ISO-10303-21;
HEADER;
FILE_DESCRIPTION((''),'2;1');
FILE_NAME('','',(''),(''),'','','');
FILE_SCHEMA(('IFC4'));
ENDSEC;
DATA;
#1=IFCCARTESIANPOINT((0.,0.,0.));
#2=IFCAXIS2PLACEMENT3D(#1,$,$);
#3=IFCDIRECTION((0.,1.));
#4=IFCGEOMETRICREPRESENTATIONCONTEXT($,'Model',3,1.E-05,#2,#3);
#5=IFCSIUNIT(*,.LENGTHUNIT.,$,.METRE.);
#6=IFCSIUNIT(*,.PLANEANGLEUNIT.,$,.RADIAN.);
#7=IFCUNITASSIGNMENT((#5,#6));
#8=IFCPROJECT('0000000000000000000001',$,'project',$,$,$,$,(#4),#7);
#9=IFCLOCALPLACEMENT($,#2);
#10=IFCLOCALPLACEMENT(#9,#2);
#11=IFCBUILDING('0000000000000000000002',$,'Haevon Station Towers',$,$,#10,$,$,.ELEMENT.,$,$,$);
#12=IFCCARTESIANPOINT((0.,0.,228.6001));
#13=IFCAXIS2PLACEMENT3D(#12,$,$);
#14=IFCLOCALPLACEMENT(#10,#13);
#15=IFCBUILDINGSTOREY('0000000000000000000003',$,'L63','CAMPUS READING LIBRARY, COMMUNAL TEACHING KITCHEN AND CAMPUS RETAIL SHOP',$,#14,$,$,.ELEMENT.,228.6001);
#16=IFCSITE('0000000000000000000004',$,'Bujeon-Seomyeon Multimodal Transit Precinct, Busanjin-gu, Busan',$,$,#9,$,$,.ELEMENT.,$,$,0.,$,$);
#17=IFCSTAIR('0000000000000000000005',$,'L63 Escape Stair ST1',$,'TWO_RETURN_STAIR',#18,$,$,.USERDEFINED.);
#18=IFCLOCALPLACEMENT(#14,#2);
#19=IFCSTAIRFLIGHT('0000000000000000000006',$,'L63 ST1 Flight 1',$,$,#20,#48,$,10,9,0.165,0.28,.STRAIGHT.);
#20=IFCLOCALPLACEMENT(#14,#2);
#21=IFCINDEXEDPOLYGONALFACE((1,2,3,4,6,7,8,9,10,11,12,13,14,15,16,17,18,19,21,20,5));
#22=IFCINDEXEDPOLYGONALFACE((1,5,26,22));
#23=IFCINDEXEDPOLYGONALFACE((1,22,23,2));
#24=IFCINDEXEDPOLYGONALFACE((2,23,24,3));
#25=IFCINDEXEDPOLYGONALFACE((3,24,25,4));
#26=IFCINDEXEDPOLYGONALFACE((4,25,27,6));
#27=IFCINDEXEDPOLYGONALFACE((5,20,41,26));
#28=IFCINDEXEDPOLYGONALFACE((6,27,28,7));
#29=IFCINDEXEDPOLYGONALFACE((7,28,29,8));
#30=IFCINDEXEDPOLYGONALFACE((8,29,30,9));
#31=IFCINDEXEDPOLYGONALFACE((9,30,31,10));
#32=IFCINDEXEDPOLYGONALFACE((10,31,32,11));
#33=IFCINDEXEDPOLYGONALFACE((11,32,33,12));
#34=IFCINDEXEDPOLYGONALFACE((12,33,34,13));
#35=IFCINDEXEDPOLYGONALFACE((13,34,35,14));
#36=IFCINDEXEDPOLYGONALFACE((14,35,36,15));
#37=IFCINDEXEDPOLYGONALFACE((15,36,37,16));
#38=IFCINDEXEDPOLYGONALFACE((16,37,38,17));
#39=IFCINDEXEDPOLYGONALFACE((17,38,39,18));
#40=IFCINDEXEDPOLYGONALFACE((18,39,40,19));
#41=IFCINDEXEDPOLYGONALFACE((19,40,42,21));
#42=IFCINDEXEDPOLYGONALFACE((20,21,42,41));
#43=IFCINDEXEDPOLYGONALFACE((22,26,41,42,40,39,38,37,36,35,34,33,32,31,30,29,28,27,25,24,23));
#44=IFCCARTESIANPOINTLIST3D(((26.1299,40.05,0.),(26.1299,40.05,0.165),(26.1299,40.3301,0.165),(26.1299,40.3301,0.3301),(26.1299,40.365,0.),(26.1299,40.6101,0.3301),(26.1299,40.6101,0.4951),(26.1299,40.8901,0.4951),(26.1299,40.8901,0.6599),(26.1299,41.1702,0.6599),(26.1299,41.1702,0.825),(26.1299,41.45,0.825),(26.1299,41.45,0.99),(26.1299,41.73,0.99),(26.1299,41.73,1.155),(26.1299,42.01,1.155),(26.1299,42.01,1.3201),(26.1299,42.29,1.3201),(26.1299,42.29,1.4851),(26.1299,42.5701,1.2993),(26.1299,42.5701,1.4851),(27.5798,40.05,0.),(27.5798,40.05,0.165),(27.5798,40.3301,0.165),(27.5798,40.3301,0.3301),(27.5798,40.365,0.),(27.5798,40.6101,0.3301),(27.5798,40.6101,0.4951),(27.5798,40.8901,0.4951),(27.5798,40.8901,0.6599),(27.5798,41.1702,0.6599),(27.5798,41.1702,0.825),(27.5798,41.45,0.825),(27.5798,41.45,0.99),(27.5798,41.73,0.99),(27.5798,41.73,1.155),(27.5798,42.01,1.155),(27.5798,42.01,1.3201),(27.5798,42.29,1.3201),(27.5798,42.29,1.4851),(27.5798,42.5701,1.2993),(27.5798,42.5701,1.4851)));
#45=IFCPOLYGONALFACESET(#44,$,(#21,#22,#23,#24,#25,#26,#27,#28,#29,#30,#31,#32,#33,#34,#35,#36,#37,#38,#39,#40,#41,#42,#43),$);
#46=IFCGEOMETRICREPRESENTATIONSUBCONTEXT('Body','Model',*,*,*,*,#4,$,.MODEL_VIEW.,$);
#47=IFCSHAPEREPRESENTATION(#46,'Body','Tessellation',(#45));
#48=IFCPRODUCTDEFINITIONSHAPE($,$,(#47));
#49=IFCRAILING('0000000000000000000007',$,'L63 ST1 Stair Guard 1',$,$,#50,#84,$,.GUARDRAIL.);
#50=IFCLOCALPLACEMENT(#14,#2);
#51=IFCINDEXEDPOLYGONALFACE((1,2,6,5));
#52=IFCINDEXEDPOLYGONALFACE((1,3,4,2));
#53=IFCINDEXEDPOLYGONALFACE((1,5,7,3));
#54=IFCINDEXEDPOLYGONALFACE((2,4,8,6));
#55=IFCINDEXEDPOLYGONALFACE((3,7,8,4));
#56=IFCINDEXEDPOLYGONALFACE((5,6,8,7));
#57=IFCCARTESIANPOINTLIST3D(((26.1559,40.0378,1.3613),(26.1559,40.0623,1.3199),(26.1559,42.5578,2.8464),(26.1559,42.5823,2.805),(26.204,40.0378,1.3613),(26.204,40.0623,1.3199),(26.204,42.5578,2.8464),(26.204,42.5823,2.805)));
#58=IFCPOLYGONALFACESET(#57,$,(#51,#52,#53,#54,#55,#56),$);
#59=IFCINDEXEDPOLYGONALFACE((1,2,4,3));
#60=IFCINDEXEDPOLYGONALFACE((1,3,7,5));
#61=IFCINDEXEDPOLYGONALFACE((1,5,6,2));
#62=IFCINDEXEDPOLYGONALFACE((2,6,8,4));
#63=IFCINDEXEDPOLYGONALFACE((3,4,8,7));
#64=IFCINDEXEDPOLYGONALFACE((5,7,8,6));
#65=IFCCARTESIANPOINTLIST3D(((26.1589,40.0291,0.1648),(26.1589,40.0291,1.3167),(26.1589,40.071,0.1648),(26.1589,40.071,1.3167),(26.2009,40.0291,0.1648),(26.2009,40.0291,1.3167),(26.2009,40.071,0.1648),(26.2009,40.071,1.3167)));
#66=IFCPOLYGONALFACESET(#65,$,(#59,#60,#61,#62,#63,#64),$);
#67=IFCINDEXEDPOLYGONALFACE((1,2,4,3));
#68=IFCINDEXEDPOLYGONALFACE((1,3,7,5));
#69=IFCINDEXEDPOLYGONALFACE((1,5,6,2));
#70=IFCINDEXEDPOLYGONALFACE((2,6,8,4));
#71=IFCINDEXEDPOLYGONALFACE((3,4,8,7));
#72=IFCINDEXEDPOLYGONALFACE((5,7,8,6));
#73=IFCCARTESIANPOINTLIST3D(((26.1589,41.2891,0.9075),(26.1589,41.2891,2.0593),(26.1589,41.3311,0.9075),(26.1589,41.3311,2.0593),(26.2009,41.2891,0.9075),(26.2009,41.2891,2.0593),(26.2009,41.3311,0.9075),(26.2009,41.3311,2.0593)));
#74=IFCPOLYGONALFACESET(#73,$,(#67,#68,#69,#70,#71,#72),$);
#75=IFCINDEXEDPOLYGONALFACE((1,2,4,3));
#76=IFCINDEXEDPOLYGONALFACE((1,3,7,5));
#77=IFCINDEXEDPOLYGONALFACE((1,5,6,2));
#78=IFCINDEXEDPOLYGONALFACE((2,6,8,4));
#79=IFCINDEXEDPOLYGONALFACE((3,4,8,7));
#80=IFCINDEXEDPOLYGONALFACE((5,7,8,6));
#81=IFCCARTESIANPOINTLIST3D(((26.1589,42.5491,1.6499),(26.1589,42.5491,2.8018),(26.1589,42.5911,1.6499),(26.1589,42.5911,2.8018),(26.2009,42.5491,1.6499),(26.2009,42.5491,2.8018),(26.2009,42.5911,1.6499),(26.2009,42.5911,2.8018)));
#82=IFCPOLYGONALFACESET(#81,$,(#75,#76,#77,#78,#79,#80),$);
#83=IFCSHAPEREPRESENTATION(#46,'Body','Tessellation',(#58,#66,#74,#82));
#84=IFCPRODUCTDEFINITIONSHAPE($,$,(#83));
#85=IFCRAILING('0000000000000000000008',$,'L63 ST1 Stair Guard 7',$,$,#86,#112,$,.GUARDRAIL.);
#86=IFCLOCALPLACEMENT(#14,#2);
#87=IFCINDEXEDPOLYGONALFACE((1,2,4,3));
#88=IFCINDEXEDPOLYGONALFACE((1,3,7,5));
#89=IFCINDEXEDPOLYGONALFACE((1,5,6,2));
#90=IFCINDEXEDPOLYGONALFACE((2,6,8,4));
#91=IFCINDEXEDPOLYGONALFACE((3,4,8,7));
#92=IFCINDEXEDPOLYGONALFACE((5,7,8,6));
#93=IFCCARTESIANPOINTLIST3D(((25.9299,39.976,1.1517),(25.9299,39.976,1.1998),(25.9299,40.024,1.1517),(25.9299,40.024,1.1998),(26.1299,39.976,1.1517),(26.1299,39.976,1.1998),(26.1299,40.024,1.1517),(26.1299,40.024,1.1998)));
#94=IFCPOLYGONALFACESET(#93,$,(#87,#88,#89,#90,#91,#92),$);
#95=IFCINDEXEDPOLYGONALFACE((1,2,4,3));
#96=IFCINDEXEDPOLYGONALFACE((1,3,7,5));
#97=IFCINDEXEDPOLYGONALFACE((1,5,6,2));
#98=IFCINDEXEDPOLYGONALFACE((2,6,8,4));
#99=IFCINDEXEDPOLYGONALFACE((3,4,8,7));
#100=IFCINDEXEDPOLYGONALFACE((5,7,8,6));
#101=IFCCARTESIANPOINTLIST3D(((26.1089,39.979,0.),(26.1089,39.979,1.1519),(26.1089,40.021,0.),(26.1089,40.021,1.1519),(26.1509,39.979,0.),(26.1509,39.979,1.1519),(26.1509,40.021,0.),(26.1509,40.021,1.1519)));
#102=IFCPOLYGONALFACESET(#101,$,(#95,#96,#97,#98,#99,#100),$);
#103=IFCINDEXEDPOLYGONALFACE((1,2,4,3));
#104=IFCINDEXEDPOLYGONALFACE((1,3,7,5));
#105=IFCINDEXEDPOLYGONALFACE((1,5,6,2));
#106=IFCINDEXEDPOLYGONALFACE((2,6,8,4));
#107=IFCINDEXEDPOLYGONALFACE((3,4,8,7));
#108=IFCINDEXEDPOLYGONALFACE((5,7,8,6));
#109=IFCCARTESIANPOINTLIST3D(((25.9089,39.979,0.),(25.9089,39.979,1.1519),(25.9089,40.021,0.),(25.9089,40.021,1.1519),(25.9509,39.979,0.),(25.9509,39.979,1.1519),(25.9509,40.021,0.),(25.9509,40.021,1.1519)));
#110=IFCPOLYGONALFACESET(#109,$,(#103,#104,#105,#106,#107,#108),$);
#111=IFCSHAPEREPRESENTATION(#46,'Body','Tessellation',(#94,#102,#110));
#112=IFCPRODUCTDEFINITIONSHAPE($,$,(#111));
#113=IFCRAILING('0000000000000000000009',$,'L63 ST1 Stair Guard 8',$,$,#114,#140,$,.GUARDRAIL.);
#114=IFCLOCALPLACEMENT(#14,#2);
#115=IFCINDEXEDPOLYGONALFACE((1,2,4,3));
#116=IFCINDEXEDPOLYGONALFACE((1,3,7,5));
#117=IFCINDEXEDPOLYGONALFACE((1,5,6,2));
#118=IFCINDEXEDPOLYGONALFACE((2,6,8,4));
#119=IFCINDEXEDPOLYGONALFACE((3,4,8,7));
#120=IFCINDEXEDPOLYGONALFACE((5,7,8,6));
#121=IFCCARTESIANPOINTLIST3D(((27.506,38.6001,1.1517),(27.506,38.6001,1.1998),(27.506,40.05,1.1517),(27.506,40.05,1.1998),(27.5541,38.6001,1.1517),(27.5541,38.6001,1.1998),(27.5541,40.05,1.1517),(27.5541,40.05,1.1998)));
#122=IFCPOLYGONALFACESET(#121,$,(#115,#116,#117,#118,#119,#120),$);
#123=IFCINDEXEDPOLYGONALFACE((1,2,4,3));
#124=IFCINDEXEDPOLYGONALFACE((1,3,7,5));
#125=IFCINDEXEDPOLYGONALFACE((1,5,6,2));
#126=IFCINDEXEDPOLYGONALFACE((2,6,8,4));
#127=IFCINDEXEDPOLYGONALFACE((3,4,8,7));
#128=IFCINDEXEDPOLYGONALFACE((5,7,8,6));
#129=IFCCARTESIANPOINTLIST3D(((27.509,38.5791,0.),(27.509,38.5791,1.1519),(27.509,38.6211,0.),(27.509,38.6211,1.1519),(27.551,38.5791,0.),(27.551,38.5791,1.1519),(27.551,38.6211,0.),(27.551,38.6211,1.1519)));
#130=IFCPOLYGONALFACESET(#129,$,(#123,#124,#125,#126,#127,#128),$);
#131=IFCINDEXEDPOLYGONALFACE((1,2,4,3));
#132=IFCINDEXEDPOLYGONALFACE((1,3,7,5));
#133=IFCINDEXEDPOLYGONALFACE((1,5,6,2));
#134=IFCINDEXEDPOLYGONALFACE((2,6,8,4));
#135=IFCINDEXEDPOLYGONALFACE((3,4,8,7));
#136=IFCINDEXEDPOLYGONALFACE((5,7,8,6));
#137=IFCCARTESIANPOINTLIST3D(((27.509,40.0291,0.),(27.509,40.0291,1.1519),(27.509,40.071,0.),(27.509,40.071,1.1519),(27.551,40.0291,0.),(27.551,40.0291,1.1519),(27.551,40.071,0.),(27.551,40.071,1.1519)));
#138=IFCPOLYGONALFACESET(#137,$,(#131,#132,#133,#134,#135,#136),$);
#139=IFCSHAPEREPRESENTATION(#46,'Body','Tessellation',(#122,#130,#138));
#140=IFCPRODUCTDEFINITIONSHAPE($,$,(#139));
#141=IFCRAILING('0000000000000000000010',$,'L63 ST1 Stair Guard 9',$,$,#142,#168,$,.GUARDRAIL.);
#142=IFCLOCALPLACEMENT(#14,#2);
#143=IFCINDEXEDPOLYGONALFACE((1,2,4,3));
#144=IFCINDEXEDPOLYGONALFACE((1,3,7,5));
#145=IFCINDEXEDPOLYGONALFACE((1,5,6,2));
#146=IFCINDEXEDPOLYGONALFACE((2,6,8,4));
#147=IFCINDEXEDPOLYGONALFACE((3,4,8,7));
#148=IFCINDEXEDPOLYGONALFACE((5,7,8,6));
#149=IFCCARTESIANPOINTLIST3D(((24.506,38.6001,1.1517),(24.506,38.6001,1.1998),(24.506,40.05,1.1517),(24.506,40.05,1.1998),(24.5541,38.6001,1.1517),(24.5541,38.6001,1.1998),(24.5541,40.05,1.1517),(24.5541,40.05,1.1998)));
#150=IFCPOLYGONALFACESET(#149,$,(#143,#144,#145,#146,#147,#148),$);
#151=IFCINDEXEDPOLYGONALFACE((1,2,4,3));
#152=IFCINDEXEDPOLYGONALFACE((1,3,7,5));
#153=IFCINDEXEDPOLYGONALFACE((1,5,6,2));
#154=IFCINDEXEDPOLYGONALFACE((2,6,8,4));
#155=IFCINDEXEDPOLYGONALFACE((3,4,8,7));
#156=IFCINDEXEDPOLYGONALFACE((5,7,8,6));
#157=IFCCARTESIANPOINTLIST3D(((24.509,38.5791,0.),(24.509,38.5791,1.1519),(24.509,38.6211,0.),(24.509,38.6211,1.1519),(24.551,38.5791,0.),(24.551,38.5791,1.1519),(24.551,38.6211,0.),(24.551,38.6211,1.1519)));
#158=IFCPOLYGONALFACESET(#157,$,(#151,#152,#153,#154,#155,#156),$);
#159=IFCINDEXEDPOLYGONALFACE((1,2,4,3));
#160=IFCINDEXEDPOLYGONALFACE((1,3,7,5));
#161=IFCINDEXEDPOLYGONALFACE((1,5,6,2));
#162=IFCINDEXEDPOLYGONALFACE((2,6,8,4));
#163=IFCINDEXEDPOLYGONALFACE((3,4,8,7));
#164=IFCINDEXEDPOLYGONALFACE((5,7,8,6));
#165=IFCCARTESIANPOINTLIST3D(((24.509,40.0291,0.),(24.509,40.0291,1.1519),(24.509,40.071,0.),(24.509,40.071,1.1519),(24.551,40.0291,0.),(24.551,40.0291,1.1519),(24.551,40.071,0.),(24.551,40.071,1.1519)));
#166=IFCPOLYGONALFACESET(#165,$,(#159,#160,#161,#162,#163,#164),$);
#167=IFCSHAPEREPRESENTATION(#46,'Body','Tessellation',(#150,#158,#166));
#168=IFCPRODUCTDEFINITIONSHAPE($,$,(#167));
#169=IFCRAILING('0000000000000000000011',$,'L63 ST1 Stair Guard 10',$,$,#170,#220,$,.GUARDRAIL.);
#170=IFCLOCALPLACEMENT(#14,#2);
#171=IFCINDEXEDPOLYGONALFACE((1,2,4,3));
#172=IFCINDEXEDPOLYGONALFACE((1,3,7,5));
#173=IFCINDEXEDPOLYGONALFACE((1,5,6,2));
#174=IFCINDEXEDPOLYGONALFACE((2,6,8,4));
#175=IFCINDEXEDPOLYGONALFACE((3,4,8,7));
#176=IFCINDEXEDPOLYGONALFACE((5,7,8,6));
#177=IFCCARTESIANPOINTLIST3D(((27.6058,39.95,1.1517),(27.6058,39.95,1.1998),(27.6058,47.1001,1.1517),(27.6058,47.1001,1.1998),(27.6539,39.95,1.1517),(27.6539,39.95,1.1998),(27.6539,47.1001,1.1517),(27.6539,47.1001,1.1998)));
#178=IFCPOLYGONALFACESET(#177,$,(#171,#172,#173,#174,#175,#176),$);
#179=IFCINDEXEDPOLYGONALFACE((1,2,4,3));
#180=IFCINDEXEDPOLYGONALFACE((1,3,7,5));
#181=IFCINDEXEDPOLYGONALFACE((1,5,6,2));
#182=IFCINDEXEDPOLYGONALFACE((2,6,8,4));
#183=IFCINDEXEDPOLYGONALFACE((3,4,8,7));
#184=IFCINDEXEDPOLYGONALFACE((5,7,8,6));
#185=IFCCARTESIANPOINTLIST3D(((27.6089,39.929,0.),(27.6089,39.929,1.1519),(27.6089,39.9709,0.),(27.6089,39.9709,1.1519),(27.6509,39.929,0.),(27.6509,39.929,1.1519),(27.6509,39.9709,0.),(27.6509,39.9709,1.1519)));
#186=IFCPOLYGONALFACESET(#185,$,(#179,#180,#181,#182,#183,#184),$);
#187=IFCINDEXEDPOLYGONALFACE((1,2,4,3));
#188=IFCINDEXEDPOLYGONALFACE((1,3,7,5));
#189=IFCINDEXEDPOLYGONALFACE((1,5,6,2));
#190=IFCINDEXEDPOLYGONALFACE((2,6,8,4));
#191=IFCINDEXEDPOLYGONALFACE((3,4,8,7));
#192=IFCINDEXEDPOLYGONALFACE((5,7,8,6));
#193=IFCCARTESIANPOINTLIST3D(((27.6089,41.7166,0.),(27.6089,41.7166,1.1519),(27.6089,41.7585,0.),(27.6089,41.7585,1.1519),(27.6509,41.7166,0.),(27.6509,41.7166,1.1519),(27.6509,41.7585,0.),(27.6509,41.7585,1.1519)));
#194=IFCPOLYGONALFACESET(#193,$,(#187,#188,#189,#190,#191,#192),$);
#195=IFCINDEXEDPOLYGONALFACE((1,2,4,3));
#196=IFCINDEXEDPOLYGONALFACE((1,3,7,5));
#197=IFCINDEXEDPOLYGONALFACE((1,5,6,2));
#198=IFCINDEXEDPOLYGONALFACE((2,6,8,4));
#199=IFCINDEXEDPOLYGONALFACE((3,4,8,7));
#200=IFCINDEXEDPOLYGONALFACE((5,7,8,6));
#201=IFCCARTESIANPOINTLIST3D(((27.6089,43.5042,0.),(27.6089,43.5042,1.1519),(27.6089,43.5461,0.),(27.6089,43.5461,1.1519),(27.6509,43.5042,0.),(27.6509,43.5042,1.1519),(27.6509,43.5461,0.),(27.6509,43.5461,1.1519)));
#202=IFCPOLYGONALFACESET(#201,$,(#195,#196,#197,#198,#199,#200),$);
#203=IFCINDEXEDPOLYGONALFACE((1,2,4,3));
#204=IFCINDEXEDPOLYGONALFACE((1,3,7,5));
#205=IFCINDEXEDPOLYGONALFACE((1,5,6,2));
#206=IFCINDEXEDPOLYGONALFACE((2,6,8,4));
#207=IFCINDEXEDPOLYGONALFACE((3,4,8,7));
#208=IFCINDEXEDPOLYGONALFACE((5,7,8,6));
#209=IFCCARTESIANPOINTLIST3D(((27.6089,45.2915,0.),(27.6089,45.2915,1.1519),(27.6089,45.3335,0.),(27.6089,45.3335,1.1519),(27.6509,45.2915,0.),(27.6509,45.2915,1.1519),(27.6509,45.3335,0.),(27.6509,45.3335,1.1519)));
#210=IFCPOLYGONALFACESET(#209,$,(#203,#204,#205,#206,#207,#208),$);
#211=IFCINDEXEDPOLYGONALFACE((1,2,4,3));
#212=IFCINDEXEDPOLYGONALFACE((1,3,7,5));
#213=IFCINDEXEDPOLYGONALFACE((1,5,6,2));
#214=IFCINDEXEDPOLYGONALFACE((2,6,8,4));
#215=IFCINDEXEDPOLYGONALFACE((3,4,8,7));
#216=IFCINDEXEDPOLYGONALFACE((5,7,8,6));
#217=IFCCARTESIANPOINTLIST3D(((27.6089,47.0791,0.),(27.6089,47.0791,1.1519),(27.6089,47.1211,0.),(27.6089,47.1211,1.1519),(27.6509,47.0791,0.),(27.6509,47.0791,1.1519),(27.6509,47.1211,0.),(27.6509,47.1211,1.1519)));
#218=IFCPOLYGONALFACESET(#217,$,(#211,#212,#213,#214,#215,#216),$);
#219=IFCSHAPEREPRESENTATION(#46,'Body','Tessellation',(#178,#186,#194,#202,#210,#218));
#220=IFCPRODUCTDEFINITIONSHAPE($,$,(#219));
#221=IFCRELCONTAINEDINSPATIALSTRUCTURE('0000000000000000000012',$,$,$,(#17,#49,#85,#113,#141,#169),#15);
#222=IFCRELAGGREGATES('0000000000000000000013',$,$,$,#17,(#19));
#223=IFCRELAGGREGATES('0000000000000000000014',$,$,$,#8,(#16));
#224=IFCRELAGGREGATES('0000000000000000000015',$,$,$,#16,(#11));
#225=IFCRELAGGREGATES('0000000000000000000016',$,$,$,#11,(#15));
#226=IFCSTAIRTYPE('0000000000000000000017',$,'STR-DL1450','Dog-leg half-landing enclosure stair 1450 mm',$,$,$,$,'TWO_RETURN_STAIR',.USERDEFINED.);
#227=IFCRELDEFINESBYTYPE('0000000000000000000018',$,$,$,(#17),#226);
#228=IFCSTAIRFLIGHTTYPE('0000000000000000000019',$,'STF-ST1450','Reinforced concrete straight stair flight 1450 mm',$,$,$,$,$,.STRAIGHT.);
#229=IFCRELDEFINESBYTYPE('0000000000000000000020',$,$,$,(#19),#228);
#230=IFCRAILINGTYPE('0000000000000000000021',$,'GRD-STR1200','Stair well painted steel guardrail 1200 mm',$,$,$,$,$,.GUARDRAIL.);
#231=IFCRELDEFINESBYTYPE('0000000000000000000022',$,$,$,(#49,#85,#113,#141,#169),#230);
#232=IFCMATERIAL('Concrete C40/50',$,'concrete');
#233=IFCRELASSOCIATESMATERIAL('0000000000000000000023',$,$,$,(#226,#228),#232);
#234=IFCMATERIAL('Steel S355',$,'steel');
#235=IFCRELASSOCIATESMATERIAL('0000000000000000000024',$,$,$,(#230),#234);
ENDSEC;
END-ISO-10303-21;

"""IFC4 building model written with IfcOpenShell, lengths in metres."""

from ifc_helpers import new_model, si_unit, direction, frame, origin, origin_2d, place, context, subcontext, project, spatial, polyline, rectangle, outline, extrude, material, type_object, element, aggregate, save


model = new_model("IFC4")

# Units and contexts
model_context = context("Model", 3, precision=1e-05, world=origin(), true_north=direction((0.0, 1.0)))
body_context = subcontext(model_context, "Body", "Model", "MODEL_VIEW")
ifc_project = project(units=[si_unit("LENGTHUNIT", "METRE"), si_unit("PLANEANGLEUNIT", "RADIAN")], contexts=[model_context])

# Site, building, storey
site_placement = place(None, origin())
site = spatial("IfcSite", under=ifc_project, at=site_placement, Name="Bujeon-Seomyeon Multimodal Transit Precinct, Busanjin-gu, Busan", CompositionType="ELEMENT", RefElevation=0.0)
building_placement = place(site_placement, origin())
building = spatial("IfcBuilding", under=site, at=building_placement, Name="Haevon Station Towers", CompositionType="ELEMENT")
storey_placement = place(building_placement, frame((0.0, 0.0, 228.6001)))
storey = spatial("IfcBuildingStorey", under=building, at=storey_placement, Name="L63", Description="CAMPUS READING LIBRARY, COMMUNAL TEACHING KITCHEN AND CAMPUS RETAIL SHOP", CompositionType="ELEMENT", Elevation=228.6001)

# Stair, stair flight
ifc_material_1 = material(Name="Concrete C40/50", Category="concrete")
stair_type = type_object("IfcStairType", Name="STR-DL1450", Description="Dog-leg half-landing enclosure stair 1450 mm", ElementType="TWO_RETURN_STAIR", PredefinedType="USERDEFINED", material=ifc_material_1)
stair_placement = place(storey_placement, origin())
stair = element("IfcStair", 1, at=stair_placement, inside=storey, type_object=stair_type, Name="L63 Escape Stair ST1", ObjectType="TWO_RETURN_STAIR", PredefinedType="USERDEFINED")
stair_flight_type = type_object("IfcStairFlightType", Name="STF-ST1450", Description="Reinforced concrete straight stair flight 1450 mm", PredefinedType="STRAIGHT", material=ifc_material_1)
stair_flight_placement = place(storey_placement, frame((26.855, 40.05, 0.0), z_axis=(0.0, 0.0, 1.0), x_axis=(0.0, 1.0, 0.0)))
stair_flight = element("IfcStairFlight", 2, at=stair_flight_placement, type_object=stair_flight_type, Name="L63 ST1 Flight 1", NumberOfRisers=10, NumberOfTreads=9, PredefinedType="STRAIGHT", RiserHeight=0.165, TreadLength=0.28, context=body_context, shape_type="SweptSolid", body=[
    extrude(outline(polyline([(0.0, 0.0), (0.0, 0.165), (0.28, 0.165), (0.28, 0.3301), (0.5601, 0.3301), (0.5601, 0.4951), (0.8401, 0.4951), (0.8401, 0.6599), (1.1201, 0.6599), (1.1201, 0.825), (1.3999, 0.825), (1.3999, 0.99), (1.6799, 0.99), (1.6799, 1.155), (1.96, 1.155), (1.96, 1.3201), (2.24, 1.3201), (2.24, 1.4851), (2.52, 1.4851), (2.52, 1.6499), (2.52, 1.2993), (0.3149, 0.0), (0.0, 0.0)])), frame((0.0, 0.7251, 0.0), z_axis=(0.0, -1.0, 0.0), x_axis=(1.0, 0.0, 0.0)), (0.0, 0.0, 1.0), 1.45),
])
aggregate(stair, [stair_flight])

# Railings
ifc_material_2 = material(Name="Steel S355", Category="steel")
railing_type_1 = type_object("IfcRailingType", Name="GRD-STR1200", Description="Stair well painted steel guardrail 1200 mm", PredefinedType="GUARDRAIL", material=ifc_material_2)
railing_1_placement = place(storey_placement, frame((26.1799, 40.05, 0.1648)))
element("IfcRailing", 3, at=railing_1_placement, inside=storey, type_object=railing_type_1, Name="L63 ST1 Stair Guard 1", PredefinedType="GUARDRAIL", context=body_context, shape_type="SweptSolid", body=[
    extrude(rectangle(XDim=0.0481, YDim=0.0481, at=origin_2d()), frame((0.0, 0.0, 1.1758), z_axis=(0.0, 0.861524, 0.507717), x_axis=(-1.0, 0.0, 0.0)), (0.0, 0.0, 1.0), 2.925),
    extrude(rectangle(XDim=0.042, YDim=0.042, at=origin_2d()), origin(), (0.0, 0.0, 1.0), 1.1519),
    extrude(rectangle(XDim=0.042, YDim=0.042, at=origin_2d()), frame((0.0, 1.26, 0.7427)), (0.0, 0.0, 1.0), 1.1519),
    extrude(rectangle(XDim=0.042, YDim=0.042, at=origin_2d()), frame((0.0, 2.52, 1.4851)), (0.0, 0.0, 1.0), 1.1519),
])
railing_2_placement = place(storey_placement, frame((26.1299, 40.0, 0.0)))
element("IfcRailing", 4, at=railing_2_placement, inside=storey, type_object=railing_type_1, Name="L63 ST1 Stair Guard 7", PredefinedType="GUARDRAIL", context=body_context, shape_type="SweptSolid", body=[
    extrude(rectangle(XDim=0.0481, YDim=0.0481, at=origin_2d()), frame((0.0, 0.0, 1.1758), z_axis=(-1.0, 0.0, 0.0), x_axis=(0.0, -1.0, 0.0)), (0.0, 0.0, 1.0), 0.2),
    extrude(rectangle(XDim=0.042, YDim=0.042, at=origin_2d()), origin(), (0.0, 0.0, 1.0), 1.1519),
    extrude(rectangle(XDim=0.042, YDim=0.042, at=origin_2d()), frame((-0.2, 0.0, 0.0)), (0.0, 0.0, 1.0), 1.1519),
])
for number, where, name in (
    (5, (27.53, 38.6001, 0.0), "L63 ST1 Stair Guard 8"),
    (6, (24.53, 38.6001, 0.0), "L63 ST1 Stair Guard 9"),
):
    element("IfcRailing", number, at=place(storey_placement, frame(where)), inside=storey, type_object=railing_type_1, Name=name, PredefinedType="GUARDRAIL", context=body_context, shape_type="SweptSolid", body=[
        extrude(rectangle(XDim=0.0481, YDim=0.0481, at=origin_2d()), frame((0.0, 0.0, 1.1758), z_axis=(0.0, 1.0, 0.0), x_axis=(-1.0, 0.0, 0.0)), (0.0, 0.0, 1.0), 1.45),
        extrude(rectangle(XDim=0.042, YDim=0.042, at=origin_2d()), origin(), (0.0, 0.0, 1.0), 1.1519),
        extrude(rectangle(XDim=0.042, YDim=0.042, at=origin_2d()), frame((0.0, 1.45, 0.0)), (0.0, 0.0, 1.0), 1.1519),
    ])
for number, where, name in (
    (7, (27.6299, 39.95, 0.0), "L63 ST1 Stair Guard 10"),
):
    element("IfcRailing", number, at=place(storey_placement, frame(where)), inside=storey, type_object=railing_type_1, Name=name, PredefinedType="GUARDRAIL", context=body_context, shape_type="SweptSolid", body=[
        extrude(rectangle(XDim=0.0481, YDim=0.0481, at=origin_2d()), frame((0.0, 0.0, 1.1758), z_axis=(0.0, 1.0, 0.0), x_axis=(-1.0, 0.0, 0.0)), (0.0, 0.0, 1.0), 7.1501),
        extrude(rectangle(XDim=0.042, YDim=0.042, at=origin_2d()), origin(), (0.0, 0.0, 1.0), 1.1519),
        extrude(rectangle(XDim=0.042, YDim=0.042, at=origin_2d()), frame((0.0, 1.7876, 0.0)), (0.0, 0.0, 1.0), 1.1519),
        extrude(rectangle(XDim=0.042, YDim=0.042, at=origin_2d()), frame((0.0, 3.5752, 0.0)), (0.0, 0.0, 1.0), 1.1519),
        extrude(rectangle(XDim=0.042, YDim=0.042, at=origin_2d()), frame((0.0, 5.3625, 0.0)), (0.0, 0.0, 1.0), 1.1519),
        extrude(rectangle(XDim=0.042, YDim=0.042, at=origin_2d()), frame((0.0, 7.1501, 0.0)), (0.0, 0.0, 1.0), 1.1519),
    ])

save(model, "model.ifc")
